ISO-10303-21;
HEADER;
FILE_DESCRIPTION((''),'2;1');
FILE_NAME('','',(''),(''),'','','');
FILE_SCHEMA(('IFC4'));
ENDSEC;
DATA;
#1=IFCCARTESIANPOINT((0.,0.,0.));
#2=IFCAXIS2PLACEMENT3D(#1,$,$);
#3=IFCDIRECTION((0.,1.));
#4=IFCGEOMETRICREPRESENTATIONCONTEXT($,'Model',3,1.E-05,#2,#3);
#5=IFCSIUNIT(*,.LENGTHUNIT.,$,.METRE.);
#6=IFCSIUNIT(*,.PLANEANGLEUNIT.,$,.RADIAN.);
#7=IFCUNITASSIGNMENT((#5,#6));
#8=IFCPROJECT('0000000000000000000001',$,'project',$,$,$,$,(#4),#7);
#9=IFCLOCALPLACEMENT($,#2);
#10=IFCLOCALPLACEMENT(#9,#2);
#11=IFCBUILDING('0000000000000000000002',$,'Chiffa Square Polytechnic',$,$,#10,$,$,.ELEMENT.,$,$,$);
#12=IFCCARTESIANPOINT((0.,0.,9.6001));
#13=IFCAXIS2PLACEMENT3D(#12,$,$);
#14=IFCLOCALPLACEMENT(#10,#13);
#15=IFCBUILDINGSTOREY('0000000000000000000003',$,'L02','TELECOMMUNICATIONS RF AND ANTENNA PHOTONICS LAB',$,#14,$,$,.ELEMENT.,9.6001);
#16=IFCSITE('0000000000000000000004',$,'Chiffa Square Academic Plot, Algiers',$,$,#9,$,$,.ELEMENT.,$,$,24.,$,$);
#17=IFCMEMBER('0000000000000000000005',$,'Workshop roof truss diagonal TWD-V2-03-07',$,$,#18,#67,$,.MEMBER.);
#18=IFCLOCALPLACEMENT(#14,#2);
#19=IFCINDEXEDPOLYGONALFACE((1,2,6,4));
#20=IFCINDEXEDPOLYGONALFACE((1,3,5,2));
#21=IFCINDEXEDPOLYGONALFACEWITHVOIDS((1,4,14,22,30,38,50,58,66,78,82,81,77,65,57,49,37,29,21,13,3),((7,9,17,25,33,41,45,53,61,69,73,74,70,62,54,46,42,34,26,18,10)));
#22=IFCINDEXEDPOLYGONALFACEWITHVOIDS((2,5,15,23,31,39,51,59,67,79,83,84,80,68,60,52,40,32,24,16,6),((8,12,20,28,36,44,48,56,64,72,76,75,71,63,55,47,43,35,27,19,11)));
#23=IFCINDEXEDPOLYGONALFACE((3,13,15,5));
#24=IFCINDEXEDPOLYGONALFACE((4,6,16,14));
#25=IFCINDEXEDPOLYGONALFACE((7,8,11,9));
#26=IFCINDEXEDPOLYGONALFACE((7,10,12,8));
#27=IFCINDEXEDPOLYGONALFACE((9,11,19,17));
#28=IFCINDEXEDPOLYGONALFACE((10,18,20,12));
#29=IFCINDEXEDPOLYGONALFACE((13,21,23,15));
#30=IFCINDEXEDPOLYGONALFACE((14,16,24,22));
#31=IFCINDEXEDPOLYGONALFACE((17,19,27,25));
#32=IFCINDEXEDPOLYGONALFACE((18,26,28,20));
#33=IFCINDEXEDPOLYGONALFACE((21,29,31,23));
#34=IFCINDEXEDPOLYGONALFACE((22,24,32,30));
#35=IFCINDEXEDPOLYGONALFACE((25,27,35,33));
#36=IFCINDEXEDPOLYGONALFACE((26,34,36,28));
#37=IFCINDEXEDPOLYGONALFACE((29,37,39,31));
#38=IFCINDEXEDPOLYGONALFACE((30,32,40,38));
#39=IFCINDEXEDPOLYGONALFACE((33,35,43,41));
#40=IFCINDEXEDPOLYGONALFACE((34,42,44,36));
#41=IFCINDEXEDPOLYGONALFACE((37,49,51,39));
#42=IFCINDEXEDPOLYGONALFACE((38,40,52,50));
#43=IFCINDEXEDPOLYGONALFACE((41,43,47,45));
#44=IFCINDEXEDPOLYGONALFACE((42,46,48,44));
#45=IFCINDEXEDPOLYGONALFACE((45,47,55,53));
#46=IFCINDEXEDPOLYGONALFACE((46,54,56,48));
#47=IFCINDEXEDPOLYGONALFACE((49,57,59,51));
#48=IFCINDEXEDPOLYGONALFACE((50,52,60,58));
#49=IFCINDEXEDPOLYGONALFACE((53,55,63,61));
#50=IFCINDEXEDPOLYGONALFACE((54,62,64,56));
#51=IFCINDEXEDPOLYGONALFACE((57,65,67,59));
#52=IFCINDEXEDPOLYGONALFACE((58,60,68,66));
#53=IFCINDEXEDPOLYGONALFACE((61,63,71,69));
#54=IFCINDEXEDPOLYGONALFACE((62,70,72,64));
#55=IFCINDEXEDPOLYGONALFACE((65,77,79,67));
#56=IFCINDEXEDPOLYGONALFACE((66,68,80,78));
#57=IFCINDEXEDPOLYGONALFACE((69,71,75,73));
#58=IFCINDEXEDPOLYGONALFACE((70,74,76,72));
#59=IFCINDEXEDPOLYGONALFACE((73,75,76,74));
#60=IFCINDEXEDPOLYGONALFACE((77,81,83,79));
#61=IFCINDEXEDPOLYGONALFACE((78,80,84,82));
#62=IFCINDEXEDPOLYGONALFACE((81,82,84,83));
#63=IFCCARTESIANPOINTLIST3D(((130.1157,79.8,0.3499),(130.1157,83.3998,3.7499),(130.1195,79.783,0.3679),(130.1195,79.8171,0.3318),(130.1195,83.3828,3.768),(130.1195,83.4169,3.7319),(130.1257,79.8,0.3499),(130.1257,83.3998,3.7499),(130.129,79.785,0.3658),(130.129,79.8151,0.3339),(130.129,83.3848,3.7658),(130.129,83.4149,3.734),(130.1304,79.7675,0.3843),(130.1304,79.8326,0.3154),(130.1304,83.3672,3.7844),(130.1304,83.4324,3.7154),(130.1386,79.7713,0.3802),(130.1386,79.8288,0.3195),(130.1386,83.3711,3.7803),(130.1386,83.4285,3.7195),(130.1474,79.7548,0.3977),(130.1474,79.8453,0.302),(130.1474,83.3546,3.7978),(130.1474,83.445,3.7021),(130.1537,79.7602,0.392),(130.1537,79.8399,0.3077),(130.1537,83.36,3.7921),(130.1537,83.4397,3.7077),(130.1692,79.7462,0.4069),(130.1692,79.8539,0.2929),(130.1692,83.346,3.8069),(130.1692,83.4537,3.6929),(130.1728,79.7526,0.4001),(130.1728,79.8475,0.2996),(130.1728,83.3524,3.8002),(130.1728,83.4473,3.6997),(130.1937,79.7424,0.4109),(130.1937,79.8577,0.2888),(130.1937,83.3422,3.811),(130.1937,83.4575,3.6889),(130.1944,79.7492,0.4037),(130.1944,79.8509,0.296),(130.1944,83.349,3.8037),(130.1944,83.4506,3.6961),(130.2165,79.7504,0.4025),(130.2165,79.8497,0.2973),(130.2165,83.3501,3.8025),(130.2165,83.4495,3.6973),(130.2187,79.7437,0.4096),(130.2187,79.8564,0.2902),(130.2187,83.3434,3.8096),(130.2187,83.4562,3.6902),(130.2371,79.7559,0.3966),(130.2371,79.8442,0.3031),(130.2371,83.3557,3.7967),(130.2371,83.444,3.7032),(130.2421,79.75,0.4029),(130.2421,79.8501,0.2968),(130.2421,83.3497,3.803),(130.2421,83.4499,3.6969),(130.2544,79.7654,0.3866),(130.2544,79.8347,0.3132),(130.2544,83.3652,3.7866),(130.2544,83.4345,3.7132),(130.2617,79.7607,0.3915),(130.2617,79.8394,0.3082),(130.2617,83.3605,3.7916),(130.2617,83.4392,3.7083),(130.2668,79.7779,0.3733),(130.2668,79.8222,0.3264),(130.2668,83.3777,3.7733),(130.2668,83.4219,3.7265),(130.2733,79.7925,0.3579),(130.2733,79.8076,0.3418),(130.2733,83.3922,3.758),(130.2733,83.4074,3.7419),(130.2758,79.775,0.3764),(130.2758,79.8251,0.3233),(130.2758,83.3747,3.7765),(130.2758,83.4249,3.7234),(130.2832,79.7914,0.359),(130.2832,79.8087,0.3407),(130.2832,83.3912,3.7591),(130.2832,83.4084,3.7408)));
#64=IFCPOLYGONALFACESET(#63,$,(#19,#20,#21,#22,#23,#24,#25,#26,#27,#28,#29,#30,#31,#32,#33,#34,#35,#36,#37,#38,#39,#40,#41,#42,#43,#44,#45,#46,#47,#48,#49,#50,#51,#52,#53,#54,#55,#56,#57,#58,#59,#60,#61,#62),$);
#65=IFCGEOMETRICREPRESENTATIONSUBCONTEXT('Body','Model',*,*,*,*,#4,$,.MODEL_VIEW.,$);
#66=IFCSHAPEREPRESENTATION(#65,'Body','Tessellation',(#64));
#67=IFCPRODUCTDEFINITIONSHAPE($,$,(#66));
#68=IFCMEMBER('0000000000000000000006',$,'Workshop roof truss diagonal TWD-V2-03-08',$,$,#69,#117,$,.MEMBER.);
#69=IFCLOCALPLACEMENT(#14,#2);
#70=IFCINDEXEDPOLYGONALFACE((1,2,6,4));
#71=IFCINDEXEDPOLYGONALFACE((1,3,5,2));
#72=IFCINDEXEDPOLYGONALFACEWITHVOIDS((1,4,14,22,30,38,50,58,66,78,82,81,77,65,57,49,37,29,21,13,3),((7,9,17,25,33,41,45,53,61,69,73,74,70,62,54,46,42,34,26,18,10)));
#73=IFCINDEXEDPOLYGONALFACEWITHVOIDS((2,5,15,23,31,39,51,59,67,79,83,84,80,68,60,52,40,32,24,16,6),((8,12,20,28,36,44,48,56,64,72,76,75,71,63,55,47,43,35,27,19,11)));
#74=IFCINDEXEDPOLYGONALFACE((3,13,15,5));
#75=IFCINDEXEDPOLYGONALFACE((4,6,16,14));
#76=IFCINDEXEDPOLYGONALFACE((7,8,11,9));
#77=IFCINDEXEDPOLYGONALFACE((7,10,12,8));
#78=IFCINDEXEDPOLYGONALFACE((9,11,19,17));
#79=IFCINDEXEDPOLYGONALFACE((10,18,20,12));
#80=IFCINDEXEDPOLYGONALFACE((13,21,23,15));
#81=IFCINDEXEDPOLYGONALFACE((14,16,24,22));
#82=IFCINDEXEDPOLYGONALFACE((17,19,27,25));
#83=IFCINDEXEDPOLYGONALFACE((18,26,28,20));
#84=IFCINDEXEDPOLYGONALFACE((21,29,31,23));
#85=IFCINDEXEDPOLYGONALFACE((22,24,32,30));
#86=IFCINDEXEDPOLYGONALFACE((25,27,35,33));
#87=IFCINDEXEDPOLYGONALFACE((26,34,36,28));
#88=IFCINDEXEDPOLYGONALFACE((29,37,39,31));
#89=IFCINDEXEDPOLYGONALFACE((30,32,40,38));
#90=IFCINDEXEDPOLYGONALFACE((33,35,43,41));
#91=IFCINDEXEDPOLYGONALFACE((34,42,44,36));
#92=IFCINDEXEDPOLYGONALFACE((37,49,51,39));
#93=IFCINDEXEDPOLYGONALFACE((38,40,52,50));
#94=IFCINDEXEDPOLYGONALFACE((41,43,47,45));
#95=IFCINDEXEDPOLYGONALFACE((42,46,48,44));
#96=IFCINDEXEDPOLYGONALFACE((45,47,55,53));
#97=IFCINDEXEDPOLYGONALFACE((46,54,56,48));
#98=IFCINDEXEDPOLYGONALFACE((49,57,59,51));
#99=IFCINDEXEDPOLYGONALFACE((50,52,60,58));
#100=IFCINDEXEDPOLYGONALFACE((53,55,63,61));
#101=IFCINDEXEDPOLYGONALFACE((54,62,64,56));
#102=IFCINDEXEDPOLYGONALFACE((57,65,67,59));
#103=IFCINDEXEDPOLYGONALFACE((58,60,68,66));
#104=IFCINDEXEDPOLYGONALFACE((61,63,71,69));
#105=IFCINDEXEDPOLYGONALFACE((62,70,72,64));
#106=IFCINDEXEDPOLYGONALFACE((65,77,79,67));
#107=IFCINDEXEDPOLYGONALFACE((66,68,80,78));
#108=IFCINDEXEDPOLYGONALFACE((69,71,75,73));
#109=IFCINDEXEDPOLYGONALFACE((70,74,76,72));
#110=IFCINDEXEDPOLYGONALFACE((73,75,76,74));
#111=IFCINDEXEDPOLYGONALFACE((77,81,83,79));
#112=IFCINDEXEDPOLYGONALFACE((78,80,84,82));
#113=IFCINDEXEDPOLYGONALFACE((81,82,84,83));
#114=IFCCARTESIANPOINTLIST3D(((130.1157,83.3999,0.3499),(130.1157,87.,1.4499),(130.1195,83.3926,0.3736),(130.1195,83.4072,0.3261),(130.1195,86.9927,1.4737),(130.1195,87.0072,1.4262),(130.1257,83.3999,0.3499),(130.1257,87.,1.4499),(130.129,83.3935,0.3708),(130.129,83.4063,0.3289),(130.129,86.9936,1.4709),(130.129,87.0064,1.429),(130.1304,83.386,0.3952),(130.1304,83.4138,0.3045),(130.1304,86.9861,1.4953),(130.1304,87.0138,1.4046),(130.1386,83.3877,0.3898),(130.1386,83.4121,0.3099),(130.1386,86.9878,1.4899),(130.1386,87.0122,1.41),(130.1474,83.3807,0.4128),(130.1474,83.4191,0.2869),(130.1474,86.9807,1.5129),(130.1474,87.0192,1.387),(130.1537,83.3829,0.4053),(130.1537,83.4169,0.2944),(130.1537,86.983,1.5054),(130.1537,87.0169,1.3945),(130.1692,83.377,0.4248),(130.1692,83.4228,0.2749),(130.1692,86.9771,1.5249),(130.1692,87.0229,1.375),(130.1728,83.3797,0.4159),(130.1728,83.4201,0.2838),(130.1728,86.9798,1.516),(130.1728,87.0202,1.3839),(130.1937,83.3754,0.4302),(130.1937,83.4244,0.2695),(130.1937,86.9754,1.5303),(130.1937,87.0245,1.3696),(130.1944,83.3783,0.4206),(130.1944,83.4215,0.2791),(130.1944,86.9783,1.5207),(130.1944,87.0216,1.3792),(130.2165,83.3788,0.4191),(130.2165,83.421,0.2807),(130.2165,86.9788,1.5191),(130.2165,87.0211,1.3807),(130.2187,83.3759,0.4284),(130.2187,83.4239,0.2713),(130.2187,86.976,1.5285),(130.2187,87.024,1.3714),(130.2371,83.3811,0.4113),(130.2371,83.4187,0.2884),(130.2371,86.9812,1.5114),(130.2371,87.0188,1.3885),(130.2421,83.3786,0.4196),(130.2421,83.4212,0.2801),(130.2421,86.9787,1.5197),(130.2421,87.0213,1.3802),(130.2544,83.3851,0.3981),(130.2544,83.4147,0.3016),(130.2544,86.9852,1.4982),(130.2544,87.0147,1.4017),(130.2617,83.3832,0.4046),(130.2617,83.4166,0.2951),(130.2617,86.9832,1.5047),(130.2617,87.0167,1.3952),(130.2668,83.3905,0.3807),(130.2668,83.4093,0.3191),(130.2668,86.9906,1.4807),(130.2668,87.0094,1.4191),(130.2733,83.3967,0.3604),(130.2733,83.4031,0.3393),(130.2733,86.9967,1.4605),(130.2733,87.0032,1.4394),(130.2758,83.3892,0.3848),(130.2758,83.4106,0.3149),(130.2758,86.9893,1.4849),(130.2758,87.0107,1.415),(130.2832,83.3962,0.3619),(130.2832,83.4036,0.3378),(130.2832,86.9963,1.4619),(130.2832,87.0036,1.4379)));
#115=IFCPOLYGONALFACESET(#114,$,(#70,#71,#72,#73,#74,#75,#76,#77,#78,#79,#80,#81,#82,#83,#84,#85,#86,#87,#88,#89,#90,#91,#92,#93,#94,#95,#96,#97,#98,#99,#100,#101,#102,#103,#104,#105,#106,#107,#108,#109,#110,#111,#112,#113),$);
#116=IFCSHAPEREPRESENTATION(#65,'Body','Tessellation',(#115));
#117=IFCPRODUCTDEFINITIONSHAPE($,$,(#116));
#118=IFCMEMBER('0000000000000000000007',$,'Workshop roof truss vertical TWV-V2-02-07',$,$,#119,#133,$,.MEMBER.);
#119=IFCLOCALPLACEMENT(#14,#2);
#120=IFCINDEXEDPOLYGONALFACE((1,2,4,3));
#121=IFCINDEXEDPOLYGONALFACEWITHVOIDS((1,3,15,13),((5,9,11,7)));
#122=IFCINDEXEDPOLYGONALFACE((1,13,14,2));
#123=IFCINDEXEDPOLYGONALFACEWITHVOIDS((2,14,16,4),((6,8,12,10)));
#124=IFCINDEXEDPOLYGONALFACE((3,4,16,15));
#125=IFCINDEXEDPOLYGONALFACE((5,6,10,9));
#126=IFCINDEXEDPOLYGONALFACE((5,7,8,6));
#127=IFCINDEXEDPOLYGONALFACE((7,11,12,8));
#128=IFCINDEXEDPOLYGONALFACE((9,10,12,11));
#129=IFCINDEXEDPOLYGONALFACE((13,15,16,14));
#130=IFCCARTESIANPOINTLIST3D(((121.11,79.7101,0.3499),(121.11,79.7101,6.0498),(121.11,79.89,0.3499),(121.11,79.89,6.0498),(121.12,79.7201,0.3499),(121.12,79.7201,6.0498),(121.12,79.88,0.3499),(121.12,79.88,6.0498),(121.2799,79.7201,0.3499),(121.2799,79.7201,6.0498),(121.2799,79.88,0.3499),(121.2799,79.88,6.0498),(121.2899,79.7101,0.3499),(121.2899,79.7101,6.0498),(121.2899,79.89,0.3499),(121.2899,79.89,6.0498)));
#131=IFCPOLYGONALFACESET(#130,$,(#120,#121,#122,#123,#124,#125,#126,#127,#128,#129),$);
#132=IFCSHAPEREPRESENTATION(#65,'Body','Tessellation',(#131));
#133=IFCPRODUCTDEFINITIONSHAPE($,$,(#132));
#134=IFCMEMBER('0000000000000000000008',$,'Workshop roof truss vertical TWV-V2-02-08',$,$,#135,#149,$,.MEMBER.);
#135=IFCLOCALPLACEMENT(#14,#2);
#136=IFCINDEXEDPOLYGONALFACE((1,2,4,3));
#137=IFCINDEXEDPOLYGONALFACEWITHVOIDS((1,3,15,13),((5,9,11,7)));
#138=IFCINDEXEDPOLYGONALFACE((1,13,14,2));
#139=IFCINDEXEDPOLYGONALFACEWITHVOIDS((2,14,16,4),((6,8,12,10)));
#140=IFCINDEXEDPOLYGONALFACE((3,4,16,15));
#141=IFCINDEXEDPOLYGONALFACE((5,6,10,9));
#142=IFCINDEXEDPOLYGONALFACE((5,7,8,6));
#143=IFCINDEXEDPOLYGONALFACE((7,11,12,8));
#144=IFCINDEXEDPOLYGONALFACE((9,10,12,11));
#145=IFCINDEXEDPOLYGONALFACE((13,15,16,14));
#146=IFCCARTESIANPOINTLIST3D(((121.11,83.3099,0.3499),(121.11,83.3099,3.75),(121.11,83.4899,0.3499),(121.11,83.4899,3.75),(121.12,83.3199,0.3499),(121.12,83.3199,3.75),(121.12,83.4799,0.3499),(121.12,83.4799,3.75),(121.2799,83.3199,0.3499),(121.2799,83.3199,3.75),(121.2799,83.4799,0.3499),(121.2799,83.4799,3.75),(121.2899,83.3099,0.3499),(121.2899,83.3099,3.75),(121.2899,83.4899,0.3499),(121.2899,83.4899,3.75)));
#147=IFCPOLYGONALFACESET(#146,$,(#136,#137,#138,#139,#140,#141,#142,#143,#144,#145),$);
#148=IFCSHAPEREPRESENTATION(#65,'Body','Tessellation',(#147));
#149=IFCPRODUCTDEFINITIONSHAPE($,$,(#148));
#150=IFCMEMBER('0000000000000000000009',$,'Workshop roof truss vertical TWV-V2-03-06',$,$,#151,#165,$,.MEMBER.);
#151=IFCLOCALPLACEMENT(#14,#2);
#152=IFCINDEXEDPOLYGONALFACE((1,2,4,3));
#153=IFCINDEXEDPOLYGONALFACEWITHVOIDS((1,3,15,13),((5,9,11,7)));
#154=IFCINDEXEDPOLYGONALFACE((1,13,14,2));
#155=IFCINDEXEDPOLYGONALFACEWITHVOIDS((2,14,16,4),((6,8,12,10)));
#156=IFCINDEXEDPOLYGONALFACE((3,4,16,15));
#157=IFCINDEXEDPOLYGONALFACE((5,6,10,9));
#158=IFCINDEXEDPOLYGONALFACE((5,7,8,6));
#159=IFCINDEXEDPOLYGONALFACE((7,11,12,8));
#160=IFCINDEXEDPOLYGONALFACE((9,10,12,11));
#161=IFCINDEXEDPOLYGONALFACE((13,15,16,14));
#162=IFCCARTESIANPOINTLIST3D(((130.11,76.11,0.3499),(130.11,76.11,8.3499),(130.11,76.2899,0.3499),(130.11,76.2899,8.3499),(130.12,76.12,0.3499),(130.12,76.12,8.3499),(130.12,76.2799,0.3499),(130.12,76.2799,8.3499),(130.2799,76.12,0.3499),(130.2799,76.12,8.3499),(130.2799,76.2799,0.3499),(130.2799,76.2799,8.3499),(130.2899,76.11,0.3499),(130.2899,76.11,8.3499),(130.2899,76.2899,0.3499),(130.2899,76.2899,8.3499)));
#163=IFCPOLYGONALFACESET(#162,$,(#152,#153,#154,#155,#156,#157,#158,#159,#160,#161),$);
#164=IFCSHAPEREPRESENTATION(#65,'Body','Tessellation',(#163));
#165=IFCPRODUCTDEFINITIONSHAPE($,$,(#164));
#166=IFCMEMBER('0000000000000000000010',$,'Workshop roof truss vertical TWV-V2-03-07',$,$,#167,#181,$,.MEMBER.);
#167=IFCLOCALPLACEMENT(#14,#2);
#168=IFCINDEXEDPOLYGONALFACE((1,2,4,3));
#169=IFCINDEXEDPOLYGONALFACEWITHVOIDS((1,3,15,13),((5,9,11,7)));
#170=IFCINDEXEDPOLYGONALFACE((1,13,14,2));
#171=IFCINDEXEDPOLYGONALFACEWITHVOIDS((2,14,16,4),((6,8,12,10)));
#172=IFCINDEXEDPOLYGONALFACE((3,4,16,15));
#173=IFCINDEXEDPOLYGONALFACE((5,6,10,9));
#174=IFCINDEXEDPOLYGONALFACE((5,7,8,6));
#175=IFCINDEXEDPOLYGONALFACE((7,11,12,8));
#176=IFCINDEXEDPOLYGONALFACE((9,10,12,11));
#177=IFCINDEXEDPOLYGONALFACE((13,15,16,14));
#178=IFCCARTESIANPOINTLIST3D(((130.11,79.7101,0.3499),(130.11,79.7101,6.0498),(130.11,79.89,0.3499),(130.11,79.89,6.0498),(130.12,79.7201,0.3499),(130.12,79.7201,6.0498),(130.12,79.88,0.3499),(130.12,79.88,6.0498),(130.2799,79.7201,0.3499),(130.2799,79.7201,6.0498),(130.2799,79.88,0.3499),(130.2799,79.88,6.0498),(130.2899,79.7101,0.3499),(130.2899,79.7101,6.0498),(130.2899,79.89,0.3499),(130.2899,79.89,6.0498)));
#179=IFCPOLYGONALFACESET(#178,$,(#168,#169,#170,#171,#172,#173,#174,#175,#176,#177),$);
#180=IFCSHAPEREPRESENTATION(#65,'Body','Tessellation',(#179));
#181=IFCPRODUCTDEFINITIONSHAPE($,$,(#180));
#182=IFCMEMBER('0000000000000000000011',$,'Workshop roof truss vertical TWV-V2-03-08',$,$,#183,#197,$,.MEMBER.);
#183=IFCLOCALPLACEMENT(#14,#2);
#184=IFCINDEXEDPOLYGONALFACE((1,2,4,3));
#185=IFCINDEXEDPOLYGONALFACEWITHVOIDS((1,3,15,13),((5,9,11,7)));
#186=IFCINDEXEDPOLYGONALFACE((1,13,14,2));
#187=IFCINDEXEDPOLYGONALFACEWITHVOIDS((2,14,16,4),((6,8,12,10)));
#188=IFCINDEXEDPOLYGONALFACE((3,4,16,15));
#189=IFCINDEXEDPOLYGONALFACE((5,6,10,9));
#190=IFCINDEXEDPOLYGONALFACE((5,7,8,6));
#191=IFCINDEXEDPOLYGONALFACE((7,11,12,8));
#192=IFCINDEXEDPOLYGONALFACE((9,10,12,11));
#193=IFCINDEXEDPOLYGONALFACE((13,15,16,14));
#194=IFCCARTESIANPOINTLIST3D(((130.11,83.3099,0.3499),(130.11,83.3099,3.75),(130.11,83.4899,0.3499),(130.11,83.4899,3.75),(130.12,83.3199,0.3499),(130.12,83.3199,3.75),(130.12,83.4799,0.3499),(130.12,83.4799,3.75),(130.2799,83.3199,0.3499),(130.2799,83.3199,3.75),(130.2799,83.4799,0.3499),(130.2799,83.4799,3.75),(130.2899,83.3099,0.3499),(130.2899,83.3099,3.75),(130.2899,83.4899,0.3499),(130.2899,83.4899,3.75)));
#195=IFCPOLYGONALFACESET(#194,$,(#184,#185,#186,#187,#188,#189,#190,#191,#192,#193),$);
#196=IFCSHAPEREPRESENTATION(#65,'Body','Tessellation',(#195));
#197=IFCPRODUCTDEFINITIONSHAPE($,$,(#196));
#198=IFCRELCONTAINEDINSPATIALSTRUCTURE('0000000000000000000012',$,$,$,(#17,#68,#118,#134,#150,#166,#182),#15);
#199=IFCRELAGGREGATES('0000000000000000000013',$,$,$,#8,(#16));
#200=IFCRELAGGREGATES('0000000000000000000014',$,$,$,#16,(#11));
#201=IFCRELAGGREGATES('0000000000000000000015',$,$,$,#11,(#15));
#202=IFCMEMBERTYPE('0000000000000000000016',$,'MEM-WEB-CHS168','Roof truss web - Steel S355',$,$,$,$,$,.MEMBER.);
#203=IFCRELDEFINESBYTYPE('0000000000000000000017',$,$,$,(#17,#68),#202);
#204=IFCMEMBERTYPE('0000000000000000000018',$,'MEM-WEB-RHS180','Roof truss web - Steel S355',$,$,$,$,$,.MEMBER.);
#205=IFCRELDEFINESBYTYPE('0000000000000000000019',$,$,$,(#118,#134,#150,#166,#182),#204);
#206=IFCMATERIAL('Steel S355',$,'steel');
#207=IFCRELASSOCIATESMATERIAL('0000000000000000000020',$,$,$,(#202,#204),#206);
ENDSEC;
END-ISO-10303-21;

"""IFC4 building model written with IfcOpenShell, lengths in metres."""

from ifc_helpers import new_model, si_unit, direction, frame, origin, origin_2d, place, context, subcontext, project, spatial, hollow_rectangle, hollow_circle, extrude, material, material_profile, profile_set, type_object, element, save


model = new_model("IFC4")

# Units and contexts
model_context = context("Model", 3, precision=1e-05, world=origin(), true_north=direction((0.0, 1.0)))
body_context = subcontext(model_context, "Body", "Model", "MODEL_VIEW")
ifc_project = project(units=[si_unit("LENGTHUNIT", "METRE"), si_unit("PLANEANGLEUNIT", "RADIAN")], contexts=[model_context])

# Site, building, storey
site_placement = place(None, origin())
site = spatial("IfcSite", under=ifc_project, at=site_placement, Name="Chiffa Square Academic Plot, Algiers", CompositionType="ELEMENT", RefElevation=24.0)
building_placement = place(site_placement, origin())
building = spatial("IfcBuilding", under=site, at=building_placement, Name="Chiffa Square Polytechnic", CompositionType="ELEMENT")
storey_placement = place(building_placement, frame((0.0, 0.0, 9.6001)))
storey = spatial("IfcBuildingStorey", under=building, at=storey_placement, Name="L02", Description="TELECOMMUNICATIONS RF AND ANTENNA PHOTONICS LAB", CompositionType="ELEMENT", Elevation=9.6001)

# Shared definitions
ifc_material = material(Name="Steel S355", Category="steel")

# Members
ifc_material_profile_1 = material_profile(ifc_material, hollow_circle(Radius=0.0842, WallThickness=0.01, at=origin_2d()), Name="CHS 168.3x10")
ifc_profile_set_1 = profile_set([ifc_material_profile_1], Name="Steel S355")
member_type_1 = type_object("IfcMemberType", Name="MEM-WEB-CHS168", Description="Roof truss web - Steel S355", PredefinedType="MEMBER", material=ifc_profile_set_1)
member_1_placement = place(storey_placement, frame((130.2, 79.8, 0.3499), z_axis=(0.0, 0.726984, 0.686654), x_axis=(-1.0, 0.0, 0.0)))
element("IfcMember", 1, at=member_1_placement, inside=storey, type_object=member_type_1, Name="Workshop roof truss diagonal TWD-V2-03-07", PredefinedType="MEMBER", context=body_context, shape_type="SweptSolid", body=[
    extrude(hollow_circle(Radius=0.0842, WallThickness=0.01, at=origin_2d()), origin(), (0.0, 0.0, 1.0), 4.9517),
])
member_2_placement = place(storey_placement, frame((130.2, 83.3999, 0.3499), z_axis=(0.0, 0.956347, 0.292235), x_axis=(-1.0, 0.0, 0.0)))
element("IfcMember", 2, at=member_2_placement, inside=storey, type_object=member_type_1, Name="Workshop roof truss diagonal TWD-V2-03-08", PredefinedType="MEMBER", context=body_context, shape_type="SweptSolid", body=[
    extrude(hollow_circle(Radius=0.0842, WallThickness=0.01, at=origin_2d()), origin(), (0.0, 0.0, 1.0), 3.7644),
])
ifc_material_profile_2 = material_profile(ifc_material, hollow_rectangle(XDim=0.1799, YDim=0.1799, WallThickness=0.01, at=origin_2d()), Name="RHS 180x180x10")
ifc_profile_set_2 = profile_set([ifc_material_profile_2], Name="Steel S355")
member_type_2 = type_object("IfcMemberType", Name="MEM-WEB-RHS180", Description="Roof truss web - Steel S355", PredefinedType="MEMBER", material=ifc_profile_set_2)
member_3_placement = place(storey_placement, frame((121.2, 79.8, 0.3499), z_axis=(0.0, 0.0, 1.0), x_axis=(1.0, 0.0, 0.0)))
element("IfcMember", 3, at=member_3_placement, inside=storey, type_object=member_type_2, Name="Workshop roof truss vertical TWV-V2-02-07", PredefinedType="MEMBER", context=body_context, shape_type="SweptSolid", body=[
    extrude(hollow_rectangle(XDim=0.1799, YDim=0.1799, WallThickness=0.01, at=origin_2d()), origin(), (0.0, 0.0, 1.0), 5.7),
])
member_4_placement = place(storey_placement, frame((121.2, 83.3999, 0.3499), z_axis=(0.0, 0.0, 1.0), x_axis=(1.0, 0.0, 0.0)))
element("IfcMember", 4, at=member_4_placement, inside=storey, type_object=member_type_2, Name="Workshop roof truss vertical TWV-V2-02-08", PredefinedType="MEMBER", context=body_context, shape_type="SweptSolid", body=[
    extrude(hollow_rectangle(XDim=0.1799, YDim=0.1799, WallThickness=0.01, at=origin_2d()), origin(), (0.0, 0.0, 1.0), 3.4001),
])
member_5_placement = place(storey_placement, frame((130.2, 76.2, 0.3499), z_axis=(0.0, 0.0, 1.0), x_axis=(1.0, 0.0, 0.0)))
element("IfcMember", 5, at=member_5_placement, inside=storey, type_object=member_type_2, Name="Workshop roof truss vertical TWV-V2-03-06", PredefinedType="MEMBER", context=body_context, shape_type="SweptSolid", body=[
    extrude(hollow_rectangle(XDim=0.1799, YDim=0.1799, WallThickness=0.01, at=origin_2d()), origin(), (0.0, 0.0, 1.0), 8.0),
])
member_6_placement = place(storey_placement, frame((130.2, 79.8, 0.3499), z_axis=(0.0, 0.0, 1.0), x_axis=(1.0, 0.0, 0.0)))
element("IfcMember", 6, at=member_6_placement, inside=storey, type_object=member_type_2, Name="Workshop roof truss vertical TWV-V2-03-07", PredefinedType="MEMBER", context=body_context, shape_type="SweptSolid", body=[
    extrude(hollow_rectangle(XDim=0.1799, YDim=0.1799, WallThickness=0.01, at=origin_2d()), origin(), (0.0, 0.0, 1.0), 5.7),
])
member_7_placement = place(storey_placement, frame((130.2, 83.3999, 0.3499), z_axis=(0.0, 0.0, 1.0), x_axis=(1.0, 0.0, 0.0)))
element("IfcMember", 7, at=member_7_placement, inside=storey, type_object=member_type_2, Name="Workshop roof truss vertical TWV-V2-03-08", PredefinedType="MEMBER", context=body_context, shape_type="SweptSolid", body=[
    extrude(hollow_rectangle(XDim=0.1799, YDim=0.1799, WallThickness=0.01, at=origin_2d()), origin(), (0.0, 0.0, 1.0), 3.4001),
])

save(model, "model.ifc")
